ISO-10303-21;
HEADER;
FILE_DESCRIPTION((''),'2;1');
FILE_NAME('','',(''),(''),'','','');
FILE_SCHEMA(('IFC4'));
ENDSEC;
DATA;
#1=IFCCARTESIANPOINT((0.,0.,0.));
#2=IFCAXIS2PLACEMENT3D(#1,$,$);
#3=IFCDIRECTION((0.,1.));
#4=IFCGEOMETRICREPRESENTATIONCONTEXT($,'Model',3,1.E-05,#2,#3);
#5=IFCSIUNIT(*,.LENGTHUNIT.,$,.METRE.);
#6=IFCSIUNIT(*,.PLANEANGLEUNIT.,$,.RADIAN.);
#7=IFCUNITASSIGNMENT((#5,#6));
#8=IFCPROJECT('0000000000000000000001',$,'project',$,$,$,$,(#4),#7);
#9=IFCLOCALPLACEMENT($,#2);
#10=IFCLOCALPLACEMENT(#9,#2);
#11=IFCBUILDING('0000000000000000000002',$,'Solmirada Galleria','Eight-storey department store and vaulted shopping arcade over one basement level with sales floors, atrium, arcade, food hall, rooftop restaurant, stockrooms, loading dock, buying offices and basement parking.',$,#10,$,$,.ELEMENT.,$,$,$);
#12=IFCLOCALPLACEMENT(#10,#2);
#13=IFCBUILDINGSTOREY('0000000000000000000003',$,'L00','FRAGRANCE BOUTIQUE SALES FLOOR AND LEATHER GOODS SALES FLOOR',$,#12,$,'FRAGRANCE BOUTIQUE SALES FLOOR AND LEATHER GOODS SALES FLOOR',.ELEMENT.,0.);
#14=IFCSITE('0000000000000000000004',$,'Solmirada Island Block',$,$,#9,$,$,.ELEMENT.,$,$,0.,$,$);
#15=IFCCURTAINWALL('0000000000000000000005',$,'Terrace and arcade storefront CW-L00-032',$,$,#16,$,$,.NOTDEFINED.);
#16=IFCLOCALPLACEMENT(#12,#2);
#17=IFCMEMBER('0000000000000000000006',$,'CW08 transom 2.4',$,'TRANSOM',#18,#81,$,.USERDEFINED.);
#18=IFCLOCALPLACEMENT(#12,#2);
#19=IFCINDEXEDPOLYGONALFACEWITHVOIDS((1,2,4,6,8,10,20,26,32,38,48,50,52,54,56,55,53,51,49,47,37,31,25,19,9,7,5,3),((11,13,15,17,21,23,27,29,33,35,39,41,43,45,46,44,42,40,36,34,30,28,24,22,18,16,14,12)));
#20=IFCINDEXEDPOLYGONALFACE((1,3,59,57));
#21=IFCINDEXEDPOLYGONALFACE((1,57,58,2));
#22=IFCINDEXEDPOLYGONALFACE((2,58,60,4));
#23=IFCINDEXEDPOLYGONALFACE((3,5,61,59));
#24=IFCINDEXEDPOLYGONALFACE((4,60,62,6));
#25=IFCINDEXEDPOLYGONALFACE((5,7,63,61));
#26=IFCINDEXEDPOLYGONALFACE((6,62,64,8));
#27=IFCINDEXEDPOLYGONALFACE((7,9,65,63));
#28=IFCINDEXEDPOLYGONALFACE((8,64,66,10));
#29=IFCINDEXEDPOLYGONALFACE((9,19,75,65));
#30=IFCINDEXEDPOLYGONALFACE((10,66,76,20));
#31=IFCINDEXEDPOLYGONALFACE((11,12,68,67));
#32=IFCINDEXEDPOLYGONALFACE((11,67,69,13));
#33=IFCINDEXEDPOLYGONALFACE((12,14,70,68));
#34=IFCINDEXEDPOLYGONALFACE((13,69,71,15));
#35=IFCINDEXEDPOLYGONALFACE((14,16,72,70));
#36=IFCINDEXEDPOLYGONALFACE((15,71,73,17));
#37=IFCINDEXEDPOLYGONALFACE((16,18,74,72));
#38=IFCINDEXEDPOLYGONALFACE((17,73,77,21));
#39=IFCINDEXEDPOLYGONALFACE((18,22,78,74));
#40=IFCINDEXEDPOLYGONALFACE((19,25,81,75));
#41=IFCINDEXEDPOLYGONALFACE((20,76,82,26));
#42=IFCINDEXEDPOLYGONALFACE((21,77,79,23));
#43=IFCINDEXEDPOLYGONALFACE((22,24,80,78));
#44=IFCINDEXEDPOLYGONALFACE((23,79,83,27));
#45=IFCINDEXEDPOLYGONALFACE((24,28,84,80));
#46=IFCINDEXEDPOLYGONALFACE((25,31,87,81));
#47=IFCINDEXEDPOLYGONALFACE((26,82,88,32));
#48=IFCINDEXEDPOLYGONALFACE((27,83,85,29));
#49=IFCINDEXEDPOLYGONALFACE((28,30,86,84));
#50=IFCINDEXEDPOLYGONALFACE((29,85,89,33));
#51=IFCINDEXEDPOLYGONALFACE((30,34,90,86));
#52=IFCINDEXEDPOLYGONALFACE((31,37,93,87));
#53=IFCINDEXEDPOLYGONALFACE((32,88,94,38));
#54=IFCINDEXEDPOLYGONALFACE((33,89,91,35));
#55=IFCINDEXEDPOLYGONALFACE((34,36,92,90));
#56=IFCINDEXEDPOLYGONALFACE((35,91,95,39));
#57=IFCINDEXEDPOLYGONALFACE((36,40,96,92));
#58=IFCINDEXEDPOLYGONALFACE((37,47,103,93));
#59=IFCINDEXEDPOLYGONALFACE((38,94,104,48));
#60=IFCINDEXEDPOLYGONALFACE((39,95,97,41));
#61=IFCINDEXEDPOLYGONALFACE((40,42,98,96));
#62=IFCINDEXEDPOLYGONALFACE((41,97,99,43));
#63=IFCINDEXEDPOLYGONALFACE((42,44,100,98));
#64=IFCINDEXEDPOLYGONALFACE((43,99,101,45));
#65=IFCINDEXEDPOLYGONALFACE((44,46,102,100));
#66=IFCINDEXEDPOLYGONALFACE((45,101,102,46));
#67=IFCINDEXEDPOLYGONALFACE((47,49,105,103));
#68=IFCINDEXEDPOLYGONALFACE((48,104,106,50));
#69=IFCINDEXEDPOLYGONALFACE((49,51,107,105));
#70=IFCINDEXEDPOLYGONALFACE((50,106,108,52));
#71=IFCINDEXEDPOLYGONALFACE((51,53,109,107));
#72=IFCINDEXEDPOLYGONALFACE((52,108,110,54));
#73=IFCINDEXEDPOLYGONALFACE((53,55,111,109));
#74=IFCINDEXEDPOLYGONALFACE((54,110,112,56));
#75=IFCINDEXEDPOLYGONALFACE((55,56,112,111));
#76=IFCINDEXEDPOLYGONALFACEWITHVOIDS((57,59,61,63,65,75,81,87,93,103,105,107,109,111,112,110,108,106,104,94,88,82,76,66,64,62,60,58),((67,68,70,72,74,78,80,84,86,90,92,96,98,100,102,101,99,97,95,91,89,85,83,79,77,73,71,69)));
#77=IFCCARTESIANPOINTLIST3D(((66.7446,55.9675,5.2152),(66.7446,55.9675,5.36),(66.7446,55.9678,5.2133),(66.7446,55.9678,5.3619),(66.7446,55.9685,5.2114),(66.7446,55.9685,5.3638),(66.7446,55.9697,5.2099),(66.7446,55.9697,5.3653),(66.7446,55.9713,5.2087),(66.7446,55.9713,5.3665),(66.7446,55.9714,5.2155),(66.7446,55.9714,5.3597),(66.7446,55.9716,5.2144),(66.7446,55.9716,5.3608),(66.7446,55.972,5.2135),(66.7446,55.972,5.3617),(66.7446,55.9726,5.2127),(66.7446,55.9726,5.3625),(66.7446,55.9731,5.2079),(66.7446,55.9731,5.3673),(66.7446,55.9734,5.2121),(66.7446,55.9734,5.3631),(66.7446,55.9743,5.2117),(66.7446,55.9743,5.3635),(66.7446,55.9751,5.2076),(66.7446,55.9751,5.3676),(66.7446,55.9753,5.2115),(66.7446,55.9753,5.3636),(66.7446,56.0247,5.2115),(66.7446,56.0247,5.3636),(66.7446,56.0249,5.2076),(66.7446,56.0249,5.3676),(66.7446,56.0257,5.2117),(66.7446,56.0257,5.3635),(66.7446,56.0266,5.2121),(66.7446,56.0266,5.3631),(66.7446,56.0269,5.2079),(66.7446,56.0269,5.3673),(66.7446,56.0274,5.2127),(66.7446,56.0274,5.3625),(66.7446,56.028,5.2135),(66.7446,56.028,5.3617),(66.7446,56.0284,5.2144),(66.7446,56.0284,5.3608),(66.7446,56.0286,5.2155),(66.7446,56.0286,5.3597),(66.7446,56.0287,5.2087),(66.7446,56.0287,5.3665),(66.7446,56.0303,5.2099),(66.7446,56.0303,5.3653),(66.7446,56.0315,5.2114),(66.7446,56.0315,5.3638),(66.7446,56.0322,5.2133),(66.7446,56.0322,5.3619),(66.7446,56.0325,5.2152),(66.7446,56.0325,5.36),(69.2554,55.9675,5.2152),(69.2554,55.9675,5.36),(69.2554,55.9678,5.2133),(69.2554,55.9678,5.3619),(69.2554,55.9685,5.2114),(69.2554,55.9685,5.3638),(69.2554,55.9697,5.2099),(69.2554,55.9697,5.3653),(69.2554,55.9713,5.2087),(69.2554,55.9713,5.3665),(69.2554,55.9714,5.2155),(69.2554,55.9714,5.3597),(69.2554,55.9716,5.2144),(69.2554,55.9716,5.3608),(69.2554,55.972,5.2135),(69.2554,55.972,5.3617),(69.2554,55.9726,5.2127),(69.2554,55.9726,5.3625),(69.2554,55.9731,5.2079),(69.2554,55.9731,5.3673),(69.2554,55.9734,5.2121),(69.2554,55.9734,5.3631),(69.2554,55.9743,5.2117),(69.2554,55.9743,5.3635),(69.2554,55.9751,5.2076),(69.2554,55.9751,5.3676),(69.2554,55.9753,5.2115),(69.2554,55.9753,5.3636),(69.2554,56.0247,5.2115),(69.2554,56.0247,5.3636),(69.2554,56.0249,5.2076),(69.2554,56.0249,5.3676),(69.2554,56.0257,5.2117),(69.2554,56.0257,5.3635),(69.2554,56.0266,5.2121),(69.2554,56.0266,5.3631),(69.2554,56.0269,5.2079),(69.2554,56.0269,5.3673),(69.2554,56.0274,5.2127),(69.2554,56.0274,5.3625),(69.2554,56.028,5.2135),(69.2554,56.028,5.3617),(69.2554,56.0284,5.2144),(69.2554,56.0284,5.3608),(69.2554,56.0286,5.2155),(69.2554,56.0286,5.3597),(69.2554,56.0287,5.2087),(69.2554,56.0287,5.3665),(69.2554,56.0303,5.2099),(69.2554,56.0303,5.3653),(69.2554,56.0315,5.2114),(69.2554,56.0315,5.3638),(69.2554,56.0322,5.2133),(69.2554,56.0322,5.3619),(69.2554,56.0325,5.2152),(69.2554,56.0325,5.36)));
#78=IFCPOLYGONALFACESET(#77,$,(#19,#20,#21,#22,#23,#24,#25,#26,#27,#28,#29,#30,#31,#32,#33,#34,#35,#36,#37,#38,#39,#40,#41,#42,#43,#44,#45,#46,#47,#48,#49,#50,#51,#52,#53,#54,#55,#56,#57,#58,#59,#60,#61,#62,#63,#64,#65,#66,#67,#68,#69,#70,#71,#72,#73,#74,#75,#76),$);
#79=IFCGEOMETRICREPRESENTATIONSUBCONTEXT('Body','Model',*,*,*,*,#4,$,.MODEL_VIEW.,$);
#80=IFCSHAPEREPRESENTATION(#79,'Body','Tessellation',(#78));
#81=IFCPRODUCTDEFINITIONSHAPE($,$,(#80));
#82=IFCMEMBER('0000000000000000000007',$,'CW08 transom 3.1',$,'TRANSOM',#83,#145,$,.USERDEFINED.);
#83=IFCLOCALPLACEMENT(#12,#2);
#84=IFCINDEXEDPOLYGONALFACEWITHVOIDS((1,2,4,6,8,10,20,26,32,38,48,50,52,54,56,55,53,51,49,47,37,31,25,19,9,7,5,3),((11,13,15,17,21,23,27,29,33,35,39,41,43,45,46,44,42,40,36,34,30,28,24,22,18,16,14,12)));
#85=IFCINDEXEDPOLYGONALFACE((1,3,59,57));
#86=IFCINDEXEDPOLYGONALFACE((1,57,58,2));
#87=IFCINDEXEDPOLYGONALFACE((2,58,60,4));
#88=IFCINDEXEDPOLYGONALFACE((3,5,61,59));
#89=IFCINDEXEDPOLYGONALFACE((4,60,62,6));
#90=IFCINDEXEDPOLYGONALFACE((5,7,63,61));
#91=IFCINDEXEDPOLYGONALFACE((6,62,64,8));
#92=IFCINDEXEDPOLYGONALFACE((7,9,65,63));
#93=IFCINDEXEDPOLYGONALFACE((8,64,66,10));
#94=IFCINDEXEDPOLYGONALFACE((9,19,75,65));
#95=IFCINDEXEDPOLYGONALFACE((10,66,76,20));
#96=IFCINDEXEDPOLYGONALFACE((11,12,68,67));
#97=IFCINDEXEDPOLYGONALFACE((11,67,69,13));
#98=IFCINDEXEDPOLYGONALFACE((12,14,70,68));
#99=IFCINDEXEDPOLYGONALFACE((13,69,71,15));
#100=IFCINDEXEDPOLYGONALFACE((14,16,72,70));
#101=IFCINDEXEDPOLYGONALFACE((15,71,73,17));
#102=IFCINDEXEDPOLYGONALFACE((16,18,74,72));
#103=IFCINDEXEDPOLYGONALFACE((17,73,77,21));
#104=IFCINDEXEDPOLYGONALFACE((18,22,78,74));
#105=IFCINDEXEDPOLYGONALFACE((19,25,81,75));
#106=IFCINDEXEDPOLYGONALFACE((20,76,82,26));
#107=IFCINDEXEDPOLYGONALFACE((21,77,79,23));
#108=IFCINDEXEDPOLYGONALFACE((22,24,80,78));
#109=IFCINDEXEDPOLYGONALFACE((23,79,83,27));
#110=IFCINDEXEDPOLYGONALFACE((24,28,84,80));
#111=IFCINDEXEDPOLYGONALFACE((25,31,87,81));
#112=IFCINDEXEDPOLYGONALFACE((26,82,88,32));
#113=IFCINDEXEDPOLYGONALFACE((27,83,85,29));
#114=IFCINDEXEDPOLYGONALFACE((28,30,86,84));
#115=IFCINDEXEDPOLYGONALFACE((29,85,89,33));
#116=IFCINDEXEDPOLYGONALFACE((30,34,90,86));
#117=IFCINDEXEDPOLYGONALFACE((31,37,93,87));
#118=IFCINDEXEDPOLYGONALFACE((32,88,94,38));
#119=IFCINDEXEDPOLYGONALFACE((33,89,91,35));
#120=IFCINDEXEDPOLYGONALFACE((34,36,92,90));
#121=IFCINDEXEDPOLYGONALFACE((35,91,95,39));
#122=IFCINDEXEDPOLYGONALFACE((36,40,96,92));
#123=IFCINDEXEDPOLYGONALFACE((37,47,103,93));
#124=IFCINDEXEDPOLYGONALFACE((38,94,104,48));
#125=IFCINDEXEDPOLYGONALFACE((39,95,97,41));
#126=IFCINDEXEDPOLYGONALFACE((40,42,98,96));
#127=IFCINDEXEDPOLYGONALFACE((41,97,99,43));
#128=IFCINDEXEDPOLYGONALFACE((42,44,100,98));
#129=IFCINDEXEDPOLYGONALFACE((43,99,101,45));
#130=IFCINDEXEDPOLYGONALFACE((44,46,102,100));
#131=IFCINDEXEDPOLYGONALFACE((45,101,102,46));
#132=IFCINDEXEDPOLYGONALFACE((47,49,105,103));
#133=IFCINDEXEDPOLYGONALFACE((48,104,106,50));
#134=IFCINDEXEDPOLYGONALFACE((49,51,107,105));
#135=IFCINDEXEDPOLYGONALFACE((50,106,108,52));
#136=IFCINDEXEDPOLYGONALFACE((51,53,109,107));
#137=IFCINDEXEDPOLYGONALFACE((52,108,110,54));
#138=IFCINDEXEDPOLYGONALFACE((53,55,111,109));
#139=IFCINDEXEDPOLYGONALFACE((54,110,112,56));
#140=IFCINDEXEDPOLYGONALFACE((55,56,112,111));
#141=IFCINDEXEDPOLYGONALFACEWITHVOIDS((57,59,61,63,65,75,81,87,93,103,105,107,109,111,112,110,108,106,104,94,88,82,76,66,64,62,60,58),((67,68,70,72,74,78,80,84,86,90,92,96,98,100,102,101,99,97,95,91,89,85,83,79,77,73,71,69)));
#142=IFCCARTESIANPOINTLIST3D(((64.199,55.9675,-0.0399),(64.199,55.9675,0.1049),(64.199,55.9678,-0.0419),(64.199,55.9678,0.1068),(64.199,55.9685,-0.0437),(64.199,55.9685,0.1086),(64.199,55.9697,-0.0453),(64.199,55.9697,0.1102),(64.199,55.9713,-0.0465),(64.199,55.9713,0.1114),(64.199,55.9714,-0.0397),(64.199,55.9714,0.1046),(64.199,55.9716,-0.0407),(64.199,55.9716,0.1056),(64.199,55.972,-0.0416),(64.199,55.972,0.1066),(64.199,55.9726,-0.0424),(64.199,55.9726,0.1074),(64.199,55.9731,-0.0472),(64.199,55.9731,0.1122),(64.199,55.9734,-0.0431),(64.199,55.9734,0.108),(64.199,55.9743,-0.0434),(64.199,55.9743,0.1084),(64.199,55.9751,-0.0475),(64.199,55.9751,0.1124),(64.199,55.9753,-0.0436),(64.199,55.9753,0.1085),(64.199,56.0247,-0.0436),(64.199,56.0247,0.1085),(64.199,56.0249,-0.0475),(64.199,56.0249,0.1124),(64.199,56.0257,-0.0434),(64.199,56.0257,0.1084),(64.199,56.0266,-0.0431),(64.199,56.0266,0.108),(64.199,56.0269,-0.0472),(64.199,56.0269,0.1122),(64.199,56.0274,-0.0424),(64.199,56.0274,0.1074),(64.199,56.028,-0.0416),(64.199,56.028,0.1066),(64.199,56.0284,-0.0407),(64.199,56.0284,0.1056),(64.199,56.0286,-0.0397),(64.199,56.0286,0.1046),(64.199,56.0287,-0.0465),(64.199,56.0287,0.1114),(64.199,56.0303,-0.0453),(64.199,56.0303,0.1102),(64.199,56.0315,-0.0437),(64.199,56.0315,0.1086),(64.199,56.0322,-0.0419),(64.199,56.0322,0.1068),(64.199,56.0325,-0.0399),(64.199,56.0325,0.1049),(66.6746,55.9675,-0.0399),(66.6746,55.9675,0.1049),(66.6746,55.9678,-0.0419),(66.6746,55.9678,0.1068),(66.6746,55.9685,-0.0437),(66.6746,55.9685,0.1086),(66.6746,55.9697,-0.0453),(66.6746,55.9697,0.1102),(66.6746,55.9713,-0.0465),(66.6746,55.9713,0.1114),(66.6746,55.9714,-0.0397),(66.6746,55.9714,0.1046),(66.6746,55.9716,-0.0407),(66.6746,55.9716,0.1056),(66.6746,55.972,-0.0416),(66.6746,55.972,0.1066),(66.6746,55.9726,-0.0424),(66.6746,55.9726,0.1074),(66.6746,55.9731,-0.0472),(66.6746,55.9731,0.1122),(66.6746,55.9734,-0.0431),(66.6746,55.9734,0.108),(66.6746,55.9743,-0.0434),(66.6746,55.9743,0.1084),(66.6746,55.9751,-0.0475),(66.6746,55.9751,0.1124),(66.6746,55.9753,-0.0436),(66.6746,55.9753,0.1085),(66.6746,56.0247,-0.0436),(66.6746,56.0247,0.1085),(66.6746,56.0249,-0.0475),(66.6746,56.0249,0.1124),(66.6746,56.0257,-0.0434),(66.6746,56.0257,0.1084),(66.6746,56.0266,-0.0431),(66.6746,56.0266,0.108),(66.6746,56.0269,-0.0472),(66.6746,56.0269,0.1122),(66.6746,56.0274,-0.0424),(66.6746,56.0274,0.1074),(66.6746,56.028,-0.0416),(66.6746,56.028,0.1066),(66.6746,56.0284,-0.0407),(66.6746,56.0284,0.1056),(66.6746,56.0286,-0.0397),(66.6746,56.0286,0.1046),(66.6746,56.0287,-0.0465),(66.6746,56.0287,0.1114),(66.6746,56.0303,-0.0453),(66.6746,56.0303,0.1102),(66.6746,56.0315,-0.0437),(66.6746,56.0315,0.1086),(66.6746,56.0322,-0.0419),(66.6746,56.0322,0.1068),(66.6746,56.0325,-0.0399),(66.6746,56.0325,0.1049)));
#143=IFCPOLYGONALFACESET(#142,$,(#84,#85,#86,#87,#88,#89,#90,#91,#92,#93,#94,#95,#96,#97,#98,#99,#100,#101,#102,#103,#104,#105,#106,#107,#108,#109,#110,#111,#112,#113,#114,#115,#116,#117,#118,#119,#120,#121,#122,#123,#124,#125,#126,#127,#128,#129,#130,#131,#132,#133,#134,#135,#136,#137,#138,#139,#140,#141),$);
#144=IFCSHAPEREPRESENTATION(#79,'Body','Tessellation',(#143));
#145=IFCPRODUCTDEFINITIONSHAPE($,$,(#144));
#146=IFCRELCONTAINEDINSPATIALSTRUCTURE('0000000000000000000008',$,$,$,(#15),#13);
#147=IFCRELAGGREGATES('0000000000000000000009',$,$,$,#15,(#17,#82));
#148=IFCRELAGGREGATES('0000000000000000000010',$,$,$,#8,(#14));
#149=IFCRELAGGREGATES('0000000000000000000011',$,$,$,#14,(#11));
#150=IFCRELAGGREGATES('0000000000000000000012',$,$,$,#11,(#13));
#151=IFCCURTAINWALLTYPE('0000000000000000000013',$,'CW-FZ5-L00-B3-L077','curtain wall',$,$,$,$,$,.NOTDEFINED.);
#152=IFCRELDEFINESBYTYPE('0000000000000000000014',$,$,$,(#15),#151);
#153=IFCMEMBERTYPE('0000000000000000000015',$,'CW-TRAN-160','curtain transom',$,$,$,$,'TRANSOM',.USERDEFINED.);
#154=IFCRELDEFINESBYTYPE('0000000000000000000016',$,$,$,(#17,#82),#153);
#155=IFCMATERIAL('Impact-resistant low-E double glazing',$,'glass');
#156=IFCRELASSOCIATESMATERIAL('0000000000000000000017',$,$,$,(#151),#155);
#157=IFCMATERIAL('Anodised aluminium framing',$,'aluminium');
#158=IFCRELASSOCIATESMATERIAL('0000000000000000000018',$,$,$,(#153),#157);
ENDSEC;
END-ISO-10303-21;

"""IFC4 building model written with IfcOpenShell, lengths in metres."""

from ifc_helpers import new_model, si_unit, direction, frame, origin, origin_2d, place, context, subcontext, project, spatial, hollow_rectangle, extrude, material, material_profile, profile_set, type_object, element, aggregate, save


model = new_model("IFC4")

# Units and contexts
model_context = context("Model", 3, precision=1e-05, world=origin(), true_north=direction((0.0, 1.0)))
body_context = subcontext(model_context, "Body", "Model", "MODEL_VIEW")
ifc_project = project(units=[si_unit("LENGTHUNIT", "METRE"), si_unit("PLANEANGLEUNIT", "RADIAN")], contexts=[model_context])

# Site, building, storey
site_placement = place(None, origin())
site = spatial("IfcSite", under=ifc_project, at=site_placement, Name="Solmirada Island Block", CompositionType="ELEMENT", RefElevation=0.0)
building_placement = place(site_placement, origin())
building = spatial("IfcBuilding", under=site, at=building_placement, Name="Solmirada Galleria", Description="Eight-storey department store and vaulted shopping arcade over one basement level with sales floors, atrium, arcade, food hall, rooftop restaurant, stockrooms, loading dock, buying offices and basement parking.", CompositionType="ELEMENT")
storey_placement = place(building_placement, origin())
storey = spatial("IfcBuildingStorey", under=building, at=storey_placement, Name="L00", Description="FRAGRANCE BOUTIQUE SALES FLOOR AND LEATHER GOODS SALES FLOOR", LongName="FRAGRANCE BOUTIQUE SALES FLOOR AND LEATHER GOODS SALES FLOOR", CompositionType="ELEMENT", Elevation=0.0)

# Curtain wall
ifc_material_1 = material(Name="Impact-resistant low-E double glazing", Category="glass")
curtain_wall_type = type_object("IfcCurtainWallType", Name="CW-FZ5-L00-B3-L077", Description="curtain wall", PredefinedType="NOTDEFINED", material=ifc_material_1)
ifc_material_2 = material(Name="Anodised aluminium framing", Category="aluminium")
curtain_wall_1_placement = place(storey_placement, origin())
curtain_wall_1 = element("IfcCurtainWall", 1, at=curtain_wall_1_placement, inside=storey, type_object=curtain_wall_type, Name="Terrace and arcade storefront CW-L00-032", PredefinedType="NOTDEFINED")

# Members
ifc_material_profile_1 = material_profile(ifc_material_2, hollow_rectangle(XDim=0.0649, YDim=0.1599, WallThickness=0.0039, InnerFilletRadius=0.0039, OuterFilletRadius=0.0076, at=origin_2d()), Name="ALU-TRAN-160X65")
ifc_profile_set_1 = profile_set([ifc_material_profile_1], Name="Anodised aluminium framing")
member_type_1 = type_object("IfcMemberType", Name="CW-TRAN-160", Description="curtain transom", ElementType="TRANSOM", PredefinedType="USERDEFINED", material=ifc_profile_set_1)
member_1_placement = place(storey_placement, frame((69.2554, 56.0, 5.2876), z_axis=(-1.0, 0.0, 0.0), x_axis=(0.0, -1.0, 0.0)))
member_1 = element("IfcMember", 2, at=member_1_placement, type_object=member_type_1, Name="CW08 transom 2.4", ObjectType="TRANSOM", PredefinedType="USERDEFINED", context=body_context, shape_type="SweptSolid", body=[
    extrude(hollow_rectangle(XDim=0.0649, YDim=0.1599, WallThickness=0.0039, InnerFilletRadius=0.0039, OuterFilletRadius=0.0076, at=origin_2d()), origin(), (0.0, 0.0, 1.0), 2.5107),
])
member_2_placement = place(storey_placement, frame((66.6746, 56.0, 0.0325), z_axis=(-1.0, 0.0, 0.0), x_axis=(0.0, -1.0, 0.0)))
member_2 = element("IfcMember", 3, at=member_2_placement, type_object=member_type_1, Name="CW08 transom 3.1", ObjectType="TRANSOM", PredefinedType="USERDEFINED", context=body_context, shape_type="SweptSolid", body=[
    extrude(hollow_rectangle(XDim=0.0649, YDim=0.1599, WallThickness=0.0039, InnerFilletRadius=0.0039, OuterFilletRadius=0.0076, at=origin_2d()), origin(), (0.0, 0.0, 1.0), 2.4756),
])

aggregate(curtain_wall_1, [member_1, member_2])

save(model, "model.ifc")
